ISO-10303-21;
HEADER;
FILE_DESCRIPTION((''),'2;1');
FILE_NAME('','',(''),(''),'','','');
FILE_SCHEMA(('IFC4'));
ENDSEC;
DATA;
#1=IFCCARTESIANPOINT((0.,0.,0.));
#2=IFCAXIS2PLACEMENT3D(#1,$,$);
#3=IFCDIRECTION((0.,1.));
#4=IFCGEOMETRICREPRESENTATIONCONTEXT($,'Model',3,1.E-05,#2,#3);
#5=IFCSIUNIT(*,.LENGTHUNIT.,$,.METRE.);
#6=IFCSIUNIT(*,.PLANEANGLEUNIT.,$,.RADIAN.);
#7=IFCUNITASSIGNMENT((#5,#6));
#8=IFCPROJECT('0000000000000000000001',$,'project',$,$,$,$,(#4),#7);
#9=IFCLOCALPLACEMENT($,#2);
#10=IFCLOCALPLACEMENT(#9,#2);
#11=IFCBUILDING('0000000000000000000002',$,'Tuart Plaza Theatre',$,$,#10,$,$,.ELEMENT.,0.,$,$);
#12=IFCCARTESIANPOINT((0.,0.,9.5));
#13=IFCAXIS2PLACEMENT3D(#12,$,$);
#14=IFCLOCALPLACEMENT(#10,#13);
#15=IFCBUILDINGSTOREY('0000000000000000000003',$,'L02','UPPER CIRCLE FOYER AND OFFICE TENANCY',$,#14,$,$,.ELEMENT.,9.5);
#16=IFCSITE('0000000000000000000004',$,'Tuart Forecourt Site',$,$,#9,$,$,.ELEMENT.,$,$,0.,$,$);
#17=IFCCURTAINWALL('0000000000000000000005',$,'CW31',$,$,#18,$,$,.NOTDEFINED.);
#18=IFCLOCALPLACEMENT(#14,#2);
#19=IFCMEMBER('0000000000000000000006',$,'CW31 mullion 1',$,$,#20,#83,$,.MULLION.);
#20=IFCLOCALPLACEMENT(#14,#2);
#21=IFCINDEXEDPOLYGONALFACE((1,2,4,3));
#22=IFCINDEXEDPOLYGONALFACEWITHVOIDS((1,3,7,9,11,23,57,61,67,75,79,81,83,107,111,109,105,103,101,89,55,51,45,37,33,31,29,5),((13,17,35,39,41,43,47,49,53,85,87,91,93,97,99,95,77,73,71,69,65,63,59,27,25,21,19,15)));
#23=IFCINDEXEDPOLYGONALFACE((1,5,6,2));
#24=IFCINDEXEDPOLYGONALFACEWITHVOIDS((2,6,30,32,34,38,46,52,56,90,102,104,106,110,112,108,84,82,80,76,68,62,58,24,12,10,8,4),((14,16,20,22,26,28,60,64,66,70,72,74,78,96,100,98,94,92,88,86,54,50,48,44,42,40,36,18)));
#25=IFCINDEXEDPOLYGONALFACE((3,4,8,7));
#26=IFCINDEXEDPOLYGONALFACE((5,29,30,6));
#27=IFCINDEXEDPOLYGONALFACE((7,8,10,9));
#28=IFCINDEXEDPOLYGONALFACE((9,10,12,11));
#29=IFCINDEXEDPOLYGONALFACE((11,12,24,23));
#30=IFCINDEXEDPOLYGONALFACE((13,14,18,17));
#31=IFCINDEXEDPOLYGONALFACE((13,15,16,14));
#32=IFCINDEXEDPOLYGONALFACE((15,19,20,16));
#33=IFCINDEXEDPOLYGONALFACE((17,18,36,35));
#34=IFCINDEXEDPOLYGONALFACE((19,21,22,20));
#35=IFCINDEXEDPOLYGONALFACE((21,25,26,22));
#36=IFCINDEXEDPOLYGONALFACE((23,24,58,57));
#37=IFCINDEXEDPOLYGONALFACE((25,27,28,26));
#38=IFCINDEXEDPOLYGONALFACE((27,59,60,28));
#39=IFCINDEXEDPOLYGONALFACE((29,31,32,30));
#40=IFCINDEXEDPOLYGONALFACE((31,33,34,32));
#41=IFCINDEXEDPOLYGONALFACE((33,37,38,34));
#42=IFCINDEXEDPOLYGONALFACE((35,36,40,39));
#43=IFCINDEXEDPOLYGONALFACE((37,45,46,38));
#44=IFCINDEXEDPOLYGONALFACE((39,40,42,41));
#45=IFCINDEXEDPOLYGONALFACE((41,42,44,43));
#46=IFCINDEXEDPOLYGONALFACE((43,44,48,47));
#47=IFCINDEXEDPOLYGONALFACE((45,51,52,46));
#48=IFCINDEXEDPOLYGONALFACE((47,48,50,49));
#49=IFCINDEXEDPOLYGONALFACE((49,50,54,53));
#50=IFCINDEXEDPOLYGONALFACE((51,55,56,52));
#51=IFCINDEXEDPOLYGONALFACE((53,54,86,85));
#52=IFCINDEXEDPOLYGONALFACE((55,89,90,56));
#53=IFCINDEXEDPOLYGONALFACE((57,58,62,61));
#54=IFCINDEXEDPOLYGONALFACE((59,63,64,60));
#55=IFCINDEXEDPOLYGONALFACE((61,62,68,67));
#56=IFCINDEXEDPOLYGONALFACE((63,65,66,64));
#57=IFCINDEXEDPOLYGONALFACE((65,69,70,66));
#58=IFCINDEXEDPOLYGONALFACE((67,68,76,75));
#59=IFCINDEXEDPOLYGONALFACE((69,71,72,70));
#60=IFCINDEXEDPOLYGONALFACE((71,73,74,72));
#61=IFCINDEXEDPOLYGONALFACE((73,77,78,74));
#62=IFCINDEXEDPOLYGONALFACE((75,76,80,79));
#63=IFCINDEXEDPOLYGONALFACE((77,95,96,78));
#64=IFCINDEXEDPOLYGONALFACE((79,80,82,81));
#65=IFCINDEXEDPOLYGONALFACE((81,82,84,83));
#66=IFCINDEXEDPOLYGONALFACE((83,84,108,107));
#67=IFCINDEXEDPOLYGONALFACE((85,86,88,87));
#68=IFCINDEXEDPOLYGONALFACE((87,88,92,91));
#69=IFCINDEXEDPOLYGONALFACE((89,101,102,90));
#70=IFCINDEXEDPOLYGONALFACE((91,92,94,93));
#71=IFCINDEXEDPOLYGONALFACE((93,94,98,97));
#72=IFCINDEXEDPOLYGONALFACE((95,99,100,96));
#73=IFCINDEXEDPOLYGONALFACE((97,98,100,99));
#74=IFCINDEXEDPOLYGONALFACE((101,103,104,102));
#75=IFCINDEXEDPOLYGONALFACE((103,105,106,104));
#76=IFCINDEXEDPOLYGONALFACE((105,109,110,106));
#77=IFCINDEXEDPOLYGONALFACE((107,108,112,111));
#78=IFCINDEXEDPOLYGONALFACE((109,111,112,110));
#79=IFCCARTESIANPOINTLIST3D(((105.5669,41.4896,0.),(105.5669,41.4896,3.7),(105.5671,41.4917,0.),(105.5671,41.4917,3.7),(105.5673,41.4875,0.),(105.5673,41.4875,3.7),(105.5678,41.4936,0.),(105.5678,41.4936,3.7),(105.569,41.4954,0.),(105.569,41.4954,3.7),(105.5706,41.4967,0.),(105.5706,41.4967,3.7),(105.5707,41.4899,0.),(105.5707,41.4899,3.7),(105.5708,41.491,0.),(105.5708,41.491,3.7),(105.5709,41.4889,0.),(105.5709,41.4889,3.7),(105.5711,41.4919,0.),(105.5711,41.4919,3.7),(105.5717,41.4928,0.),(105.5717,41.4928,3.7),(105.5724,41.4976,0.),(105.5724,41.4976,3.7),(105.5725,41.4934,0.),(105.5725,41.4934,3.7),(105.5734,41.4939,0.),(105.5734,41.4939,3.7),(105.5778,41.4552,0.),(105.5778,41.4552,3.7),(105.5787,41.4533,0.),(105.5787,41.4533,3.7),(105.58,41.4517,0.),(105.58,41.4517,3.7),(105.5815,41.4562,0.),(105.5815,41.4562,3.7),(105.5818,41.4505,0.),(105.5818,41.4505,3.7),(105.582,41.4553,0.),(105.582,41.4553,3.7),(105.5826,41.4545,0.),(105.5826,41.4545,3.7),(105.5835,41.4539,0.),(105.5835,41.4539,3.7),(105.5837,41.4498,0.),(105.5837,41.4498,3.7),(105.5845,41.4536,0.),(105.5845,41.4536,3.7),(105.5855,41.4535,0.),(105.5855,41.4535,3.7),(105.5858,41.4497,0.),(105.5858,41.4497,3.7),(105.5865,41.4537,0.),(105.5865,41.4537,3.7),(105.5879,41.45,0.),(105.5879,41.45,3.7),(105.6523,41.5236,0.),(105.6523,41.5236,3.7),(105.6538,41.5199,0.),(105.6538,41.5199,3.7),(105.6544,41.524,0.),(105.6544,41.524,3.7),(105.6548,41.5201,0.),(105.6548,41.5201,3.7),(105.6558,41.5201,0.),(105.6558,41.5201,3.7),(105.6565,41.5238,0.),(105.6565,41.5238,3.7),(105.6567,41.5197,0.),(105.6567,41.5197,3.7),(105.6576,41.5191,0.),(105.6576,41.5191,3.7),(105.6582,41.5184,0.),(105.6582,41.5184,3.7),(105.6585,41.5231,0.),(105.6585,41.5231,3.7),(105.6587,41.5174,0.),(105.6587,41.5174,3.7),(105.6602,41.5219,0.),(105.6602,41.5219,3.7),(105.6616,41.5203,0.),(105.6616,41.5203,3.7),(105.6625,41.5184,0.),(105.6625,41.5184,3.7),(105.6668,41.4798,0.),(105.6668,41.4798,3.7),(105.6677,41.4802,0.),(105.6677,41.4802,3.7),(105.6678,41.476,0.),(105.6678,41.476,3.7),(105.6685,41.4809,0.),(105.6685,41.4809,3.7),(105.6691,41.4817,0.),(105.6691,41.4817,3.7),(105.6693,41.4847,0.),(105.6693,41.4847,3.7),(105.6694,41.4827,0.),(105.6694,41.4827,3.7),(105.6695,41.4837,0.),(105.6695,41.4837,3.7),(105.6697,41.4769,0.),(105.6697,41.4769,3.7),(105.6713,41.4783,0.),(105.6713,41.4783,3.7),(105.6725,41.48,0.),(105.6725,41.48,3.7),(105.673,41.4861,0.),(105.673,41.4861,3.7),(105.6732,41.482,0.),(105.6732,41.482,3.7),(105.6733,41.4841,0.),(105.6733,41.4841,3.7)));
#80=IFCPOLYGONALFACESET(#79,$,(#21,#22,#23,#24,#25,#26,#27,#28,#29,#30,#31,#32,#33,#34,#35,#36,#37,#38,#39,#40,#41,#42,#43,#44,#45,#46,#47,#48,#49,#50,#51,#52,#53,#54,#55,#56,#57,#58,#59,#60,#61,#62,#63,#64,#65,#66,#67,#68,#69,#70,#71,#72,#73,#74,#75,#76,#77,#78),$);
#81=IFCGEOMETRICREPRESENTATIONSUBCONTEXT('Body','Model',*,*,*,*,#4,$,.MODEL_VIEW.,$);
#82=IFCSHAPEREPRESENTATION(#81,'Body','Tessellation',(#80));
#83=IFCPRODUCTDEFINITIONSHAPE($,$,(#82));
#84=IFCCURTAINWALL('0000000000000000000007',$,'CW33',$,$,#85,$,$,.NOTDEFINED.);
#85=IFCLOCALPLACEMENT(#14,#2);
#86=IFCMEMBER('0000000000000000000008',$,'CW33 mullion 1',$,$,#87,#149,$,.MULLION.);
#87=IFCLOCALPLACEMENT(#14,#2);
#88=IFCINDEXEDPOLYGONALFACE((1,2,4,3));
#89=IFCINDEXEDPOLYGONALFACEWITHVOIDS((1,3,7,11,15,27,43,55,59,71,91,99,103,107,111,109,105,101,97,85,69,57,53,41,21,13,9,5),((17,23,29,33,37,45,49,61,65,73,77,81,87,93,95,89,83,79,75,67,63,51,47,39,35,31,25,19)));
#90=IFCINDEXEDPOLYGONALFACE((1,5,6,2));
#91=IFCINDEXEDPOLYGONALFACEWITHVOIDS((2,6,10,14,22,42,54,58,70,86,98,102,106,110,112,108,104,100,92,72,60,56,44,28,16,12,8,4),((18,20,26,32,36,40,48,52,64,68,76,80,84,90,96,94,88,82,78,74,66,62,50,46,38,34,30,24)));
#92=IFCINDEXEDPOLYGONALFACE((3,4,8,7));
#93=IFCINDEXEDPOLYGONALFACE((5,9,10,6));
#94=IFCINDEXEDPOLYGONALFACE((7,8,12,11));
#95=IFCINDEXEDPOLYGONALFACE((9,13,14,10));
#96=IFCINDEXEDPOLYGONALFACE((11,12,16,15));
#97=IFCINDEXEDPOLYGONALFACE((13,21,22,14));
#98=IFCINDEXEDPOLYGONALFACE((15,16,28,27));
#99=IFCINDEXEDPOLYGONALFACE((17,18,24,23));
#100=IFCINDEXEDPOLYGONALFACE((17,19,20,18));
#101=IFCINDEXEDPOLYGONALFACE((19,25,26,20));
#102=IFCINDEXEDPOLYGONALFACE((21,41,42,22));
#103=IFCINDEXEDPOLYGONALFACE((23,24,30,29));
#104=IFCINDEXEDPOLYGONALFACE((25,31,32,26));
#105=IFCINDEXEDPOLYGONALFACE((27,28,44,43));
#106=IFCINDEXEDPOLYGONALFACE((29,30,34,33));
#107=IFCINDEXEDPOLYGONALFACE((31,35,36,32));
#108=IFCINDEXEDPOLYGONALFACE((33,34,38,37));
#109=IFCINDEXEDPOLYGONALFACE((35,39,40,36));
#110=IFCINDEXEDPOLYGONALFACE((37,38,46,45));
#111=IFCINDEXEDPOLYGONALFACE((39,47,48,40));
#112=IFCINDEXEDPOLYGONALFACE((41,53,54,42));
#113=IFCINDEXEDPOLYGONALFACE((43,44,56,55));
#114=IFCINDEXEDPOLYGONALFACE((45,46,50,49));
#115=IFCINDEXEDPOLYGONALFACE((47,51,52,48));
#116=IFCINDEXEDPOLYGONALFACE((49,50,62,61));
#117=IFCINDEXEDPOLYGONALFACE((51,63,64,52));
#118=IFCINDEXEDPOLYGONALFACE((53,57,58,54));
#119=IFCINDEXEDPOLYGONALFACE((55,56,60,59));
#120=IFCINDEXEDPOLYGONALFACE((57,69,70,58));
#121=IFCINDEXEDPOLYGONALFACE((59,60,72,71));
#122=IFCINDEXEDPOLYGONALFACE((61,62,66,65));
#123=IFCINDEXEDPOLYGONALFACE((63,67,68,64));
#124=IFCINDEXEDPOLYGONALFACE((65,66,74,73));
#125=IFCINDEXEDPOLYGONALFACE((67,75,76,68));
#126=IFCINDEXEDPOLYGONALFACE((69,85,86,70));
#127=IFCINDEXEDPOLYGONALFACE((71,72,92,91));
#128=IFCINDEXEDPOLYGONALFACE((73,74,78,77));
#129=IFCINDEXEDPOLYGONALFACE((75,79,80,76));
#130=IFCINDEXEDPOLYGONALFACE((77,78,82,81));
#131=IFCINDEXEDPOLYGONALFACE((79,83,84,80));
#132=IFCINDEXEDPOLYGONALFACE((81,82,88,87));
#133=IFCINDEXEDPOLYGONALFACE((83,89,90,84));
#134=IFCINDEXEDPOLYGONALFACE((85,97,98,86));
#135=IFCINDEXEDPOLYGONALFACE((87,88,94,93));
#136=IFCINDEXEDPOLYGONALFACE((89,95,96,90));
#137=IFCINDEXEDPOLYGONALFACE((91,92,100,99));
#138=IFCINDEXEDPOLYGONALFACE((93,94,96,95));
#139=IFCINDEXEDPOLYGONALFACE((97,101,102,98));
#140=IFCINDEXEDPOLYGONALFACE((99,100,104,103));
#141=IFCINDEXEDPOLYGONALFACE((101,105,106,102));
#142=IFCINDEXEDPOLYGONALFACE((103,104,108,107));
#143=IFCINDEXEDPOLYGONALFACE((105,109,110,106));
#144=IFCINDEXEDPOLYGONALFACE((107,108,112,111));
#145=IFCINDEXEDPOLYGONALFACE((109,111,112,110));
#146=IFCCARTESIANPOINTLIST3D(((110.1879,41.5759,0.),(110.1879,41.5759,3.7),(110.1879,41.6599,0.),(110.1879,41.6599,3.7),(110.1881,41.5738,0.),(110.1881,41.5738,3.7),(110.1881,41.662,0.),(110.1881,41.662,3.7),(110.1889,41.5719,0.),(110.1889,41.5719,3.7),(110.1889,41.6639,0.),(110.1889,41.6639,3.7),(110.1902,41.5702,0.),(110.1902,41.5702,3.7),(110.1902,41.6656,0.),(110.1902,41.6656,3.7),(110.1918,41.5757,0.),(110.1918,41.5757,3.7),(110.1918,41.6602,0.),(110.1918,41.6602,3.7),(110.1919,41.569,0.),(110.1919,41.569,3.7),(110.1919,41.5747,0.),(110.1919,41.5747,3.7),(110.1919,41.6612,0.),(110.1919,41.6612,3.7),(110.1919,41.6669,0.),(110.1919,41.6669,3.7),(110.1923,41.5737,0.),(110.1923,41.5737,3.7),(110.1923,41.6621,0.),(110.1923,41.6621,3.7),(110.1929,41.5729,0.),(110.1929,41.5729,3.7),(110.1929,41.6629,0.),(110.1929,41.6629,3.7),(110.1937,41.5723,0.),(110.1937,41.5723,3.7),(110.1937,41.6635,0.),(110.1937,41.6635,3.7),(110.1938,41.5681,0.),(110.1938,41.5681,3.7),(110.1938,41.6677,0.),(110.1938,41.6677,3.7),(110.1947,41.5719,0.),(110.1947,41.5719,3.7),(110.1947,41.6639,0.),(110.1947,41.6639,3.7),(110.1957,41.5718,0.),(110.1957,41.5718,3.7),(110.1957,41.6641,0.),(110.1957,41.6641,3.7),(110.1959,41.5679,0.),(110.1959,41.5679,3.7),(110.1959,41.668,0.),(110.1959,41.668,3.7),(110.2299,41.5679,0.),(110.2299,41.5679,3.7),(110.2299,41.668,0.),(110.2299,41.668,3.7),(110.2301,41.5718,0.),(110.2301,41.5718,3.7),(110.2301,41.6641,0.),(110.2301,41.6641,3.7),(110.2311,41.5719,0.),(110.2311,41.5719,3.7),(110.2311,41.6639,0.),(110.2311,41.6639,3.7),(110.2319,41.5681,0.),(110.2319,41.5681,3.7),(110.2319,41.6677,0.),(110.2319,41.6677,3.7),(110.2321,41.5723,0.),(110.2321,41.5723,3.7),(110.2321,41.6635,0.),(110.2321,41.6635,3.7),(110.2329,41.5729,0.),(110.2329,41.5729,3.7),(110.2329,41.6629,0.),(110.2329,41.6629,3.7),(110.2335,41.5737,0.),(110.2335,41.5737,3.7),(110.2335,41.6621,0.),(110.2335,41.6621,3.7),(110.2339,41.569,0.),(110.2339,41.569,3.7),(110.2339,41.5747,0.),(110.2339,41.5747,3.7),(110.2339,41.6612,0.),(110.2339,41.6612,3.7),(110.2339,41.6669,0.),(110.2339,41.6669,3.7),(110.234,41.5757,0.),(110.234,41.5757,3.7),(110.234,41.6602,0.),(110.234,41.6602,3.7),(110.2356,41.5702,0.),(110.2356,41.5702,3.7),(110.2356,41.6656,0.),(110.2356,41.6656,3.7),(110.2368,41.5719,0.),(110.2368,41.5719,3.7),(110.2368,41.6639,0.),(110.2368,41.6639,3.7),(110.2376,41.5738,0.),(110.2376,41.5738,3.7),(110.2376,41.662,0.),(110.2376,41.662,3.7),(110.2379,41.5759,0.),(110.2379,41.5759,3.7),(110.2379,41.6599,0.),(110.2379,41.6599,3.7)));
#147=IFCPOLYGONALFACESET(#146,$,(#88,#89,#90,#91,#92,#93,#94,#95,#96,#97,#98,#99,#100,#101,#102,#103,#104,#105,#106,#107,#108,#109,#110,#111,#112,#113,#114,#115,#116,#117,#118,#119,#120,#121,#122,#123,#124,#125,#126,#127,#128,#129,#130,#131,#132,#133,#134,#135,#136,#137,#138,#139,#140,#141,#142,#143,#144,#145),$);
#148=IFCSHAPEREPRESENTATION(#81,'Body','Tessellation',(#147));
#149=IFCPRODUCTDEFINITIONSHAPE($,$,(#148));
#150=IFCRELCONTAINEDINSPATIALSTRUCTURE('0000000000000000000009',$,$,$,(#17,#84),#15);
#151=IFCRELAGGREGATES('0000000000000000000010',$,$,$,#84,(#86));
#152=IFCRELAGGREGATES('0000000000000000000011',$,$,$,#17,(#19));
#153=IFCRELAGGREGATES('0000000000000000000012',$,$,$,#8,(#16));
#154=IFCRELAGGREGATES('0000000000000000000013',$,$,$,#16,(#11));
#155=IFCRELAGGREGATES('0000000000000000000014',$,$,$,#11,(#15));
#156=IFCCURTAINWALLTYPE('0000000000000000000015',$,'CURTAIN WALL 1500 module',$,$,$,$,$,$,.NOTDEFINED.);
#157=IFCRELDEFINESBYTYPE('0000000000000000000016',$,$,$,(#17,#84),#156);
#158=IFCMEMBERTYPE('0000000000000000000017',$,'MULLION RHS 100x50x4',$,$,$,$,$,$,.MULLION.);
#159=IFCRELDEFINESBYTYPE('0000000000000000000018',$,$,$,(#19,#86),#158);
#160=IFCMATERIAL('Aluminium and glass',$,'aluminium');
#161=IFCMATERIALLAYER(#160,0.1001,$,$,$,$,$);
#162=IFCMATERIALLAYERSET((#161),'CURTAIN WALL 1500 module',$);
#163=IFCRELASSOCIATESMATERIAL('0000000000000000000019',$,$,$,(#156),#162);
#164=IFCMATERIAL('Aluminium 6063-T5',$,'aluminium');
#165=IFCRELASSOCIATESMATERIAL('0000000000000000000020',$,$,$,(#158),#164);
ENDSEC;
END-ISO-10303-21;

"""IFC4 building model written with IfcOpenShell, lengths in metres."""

from ifc_helpers import new_model, si_unit, direction, frame, origin, origin_2d, place, context, subcontext, project, spatial, hollow_rectangle, extrude, material, layer, layer_set, material_profile, profile_set, type_object, element, aggregate, save


model = new_model("IFC4")

# Units and contexts
model_context = context("Model", 3, precision=1e-05, world=origin(), true_north=direction((0.0, 1.0)))
body_context = subcontext(model_context, "Body", "Model", "MODEL_VIEW")
ifc_project = project(units=[si_unit("LENGTHUNIT", "METRE"), si_unit("PLANEANGLEUNIT", "RADIAN")], contexts=[model_context])

# Site, building, storey
site_placement = place(None, origin())
site = spatial("IfcSite", under=ifc_project, at=site_placement, Name="Tuart Forecourt Site", CompositionType="ELEMENT", RefElevation=0.0)
building_placement = place(site_placement, origin())
building = spatial("IfcBuilding", under=site, at=building_placement, Name="Tuart Plaza Theatre", CompositionType="ELEMENT", ElevationOfRefHeight=0.0)
storey_placement = place(building_placement, frame((0.0, 0.0, 9.5)))
storey = spatial("IfcBuildingStorey", under=building, at=storey_placement, Name="L02", Description="UPPER CIRCLE FOYER AND OFFICE TENANCY", CompositionType="ELEMENT", Elevation=9.5)

# Shared definitions
ifc_material_1 = material(Name="Aluminium and glass", Category="aluminium")
ifc_layer_1 = layer(ifc_material_1, 0.1001)
ifc_layer_set_1 = layer_set([ifc_layer_1], Name="CURTAIN WALL 1500 module")
curtain_wall_type = type_object("IfcCurtainWallType", Name="CURTAIN WALL 1500 module", PredefinedType="NOTDEFINED", material=ifc_layer_set_1)
ifc_material_2 = material(Name="Aluminium 6063-T5", Category="aluminium")
ifc_material_profile_1 = material_profile(ifc_material_2, hollow_rectangle(XDim=0.05, YDim=0.1001, WallThickness=0.0039, InnerFilletRadius=0.0039, OuterFilletRadius=0.0081, at=origin_2d()), Name="RHS 100x50x4")
ifc_profile_set_1 = profile_set([ifc_material_profile_1], Name="Aluminium 6063-T5")
member_type_1 = type_object("IfcMemberType", Name="MULLION RHS 100x50x4", PredefinedType="MULLION", material=ifc_profile_set_1)

# Curtain walls, members
curtain_wall_1_placement = place(storey_placement, origin())
curtain_wall_1 = element("IfcCurtainWall", 1, at=curtain_wall_1_placement, inside=storey, type_object=curtain_wall_type, Name="CW31", PredefinedType="NOTDEFINED")
member_1_placement = place(storey_placement, frame((105.6201, 41.4868, 0.0), z_axis=(0.0, 0.0, 1.0), x_axis=(-0.308885, 0.951099, 0.0)))
member_1 = element("IfcMember", 2, at=member_1_placement, type_object=member_type_1, Name="CW31 mullion 1", PredefinedType="MULLION", context=body_context, shape_type="SweptSolid", body=[
    extrude(hollow_rectangle(XDim=0.05, YDim=0.1001, WallThickness=0.0039, InnerFilletRadius=0.0039, OuterFilletRadius=0.0081, at=origin_2d()), origin(), (0.0, 0.0, 1.0), 3.7),
])
curtain_wall_2_placement = place(storey_placement, origin())
curtain_wall_2 = element("IfcCurtainWall", 3, at=curtain_wall_2_placement, inside=storey, type_object=curtain_wall_type, Name="CW33", PredefinedType="NOTDEFINED")
member_2_placement = place(storey_placement, frame((110.2129, 41.6179, 0.0), z_axis=(0.0, 0.0, 1.0), x_axis=(-1.0, 0.0, 0.0)))
member_2 = element("IfcMember", 4, at=member_2_placement, type_object=member_type_1, Name="CW33 mullion 1", PredefinedType="MULLION", context=body_context, shape_type="SweptSolid", body=[
    extrude(hollow_rectangle(XDim=0.05, YDim=0.1001, WallThickness=0.0039, InnerFilletRadius=0.0039, OuterFilletRadius=0.0081, at=origin_2d()), origin(), (0.0, 0.0, 1.0), 3.7),
])

aggregate(curtain_wall_2, [member_2])

aggregate(curtain_wall_1, [member_1])

save(model, "model.ifc")
